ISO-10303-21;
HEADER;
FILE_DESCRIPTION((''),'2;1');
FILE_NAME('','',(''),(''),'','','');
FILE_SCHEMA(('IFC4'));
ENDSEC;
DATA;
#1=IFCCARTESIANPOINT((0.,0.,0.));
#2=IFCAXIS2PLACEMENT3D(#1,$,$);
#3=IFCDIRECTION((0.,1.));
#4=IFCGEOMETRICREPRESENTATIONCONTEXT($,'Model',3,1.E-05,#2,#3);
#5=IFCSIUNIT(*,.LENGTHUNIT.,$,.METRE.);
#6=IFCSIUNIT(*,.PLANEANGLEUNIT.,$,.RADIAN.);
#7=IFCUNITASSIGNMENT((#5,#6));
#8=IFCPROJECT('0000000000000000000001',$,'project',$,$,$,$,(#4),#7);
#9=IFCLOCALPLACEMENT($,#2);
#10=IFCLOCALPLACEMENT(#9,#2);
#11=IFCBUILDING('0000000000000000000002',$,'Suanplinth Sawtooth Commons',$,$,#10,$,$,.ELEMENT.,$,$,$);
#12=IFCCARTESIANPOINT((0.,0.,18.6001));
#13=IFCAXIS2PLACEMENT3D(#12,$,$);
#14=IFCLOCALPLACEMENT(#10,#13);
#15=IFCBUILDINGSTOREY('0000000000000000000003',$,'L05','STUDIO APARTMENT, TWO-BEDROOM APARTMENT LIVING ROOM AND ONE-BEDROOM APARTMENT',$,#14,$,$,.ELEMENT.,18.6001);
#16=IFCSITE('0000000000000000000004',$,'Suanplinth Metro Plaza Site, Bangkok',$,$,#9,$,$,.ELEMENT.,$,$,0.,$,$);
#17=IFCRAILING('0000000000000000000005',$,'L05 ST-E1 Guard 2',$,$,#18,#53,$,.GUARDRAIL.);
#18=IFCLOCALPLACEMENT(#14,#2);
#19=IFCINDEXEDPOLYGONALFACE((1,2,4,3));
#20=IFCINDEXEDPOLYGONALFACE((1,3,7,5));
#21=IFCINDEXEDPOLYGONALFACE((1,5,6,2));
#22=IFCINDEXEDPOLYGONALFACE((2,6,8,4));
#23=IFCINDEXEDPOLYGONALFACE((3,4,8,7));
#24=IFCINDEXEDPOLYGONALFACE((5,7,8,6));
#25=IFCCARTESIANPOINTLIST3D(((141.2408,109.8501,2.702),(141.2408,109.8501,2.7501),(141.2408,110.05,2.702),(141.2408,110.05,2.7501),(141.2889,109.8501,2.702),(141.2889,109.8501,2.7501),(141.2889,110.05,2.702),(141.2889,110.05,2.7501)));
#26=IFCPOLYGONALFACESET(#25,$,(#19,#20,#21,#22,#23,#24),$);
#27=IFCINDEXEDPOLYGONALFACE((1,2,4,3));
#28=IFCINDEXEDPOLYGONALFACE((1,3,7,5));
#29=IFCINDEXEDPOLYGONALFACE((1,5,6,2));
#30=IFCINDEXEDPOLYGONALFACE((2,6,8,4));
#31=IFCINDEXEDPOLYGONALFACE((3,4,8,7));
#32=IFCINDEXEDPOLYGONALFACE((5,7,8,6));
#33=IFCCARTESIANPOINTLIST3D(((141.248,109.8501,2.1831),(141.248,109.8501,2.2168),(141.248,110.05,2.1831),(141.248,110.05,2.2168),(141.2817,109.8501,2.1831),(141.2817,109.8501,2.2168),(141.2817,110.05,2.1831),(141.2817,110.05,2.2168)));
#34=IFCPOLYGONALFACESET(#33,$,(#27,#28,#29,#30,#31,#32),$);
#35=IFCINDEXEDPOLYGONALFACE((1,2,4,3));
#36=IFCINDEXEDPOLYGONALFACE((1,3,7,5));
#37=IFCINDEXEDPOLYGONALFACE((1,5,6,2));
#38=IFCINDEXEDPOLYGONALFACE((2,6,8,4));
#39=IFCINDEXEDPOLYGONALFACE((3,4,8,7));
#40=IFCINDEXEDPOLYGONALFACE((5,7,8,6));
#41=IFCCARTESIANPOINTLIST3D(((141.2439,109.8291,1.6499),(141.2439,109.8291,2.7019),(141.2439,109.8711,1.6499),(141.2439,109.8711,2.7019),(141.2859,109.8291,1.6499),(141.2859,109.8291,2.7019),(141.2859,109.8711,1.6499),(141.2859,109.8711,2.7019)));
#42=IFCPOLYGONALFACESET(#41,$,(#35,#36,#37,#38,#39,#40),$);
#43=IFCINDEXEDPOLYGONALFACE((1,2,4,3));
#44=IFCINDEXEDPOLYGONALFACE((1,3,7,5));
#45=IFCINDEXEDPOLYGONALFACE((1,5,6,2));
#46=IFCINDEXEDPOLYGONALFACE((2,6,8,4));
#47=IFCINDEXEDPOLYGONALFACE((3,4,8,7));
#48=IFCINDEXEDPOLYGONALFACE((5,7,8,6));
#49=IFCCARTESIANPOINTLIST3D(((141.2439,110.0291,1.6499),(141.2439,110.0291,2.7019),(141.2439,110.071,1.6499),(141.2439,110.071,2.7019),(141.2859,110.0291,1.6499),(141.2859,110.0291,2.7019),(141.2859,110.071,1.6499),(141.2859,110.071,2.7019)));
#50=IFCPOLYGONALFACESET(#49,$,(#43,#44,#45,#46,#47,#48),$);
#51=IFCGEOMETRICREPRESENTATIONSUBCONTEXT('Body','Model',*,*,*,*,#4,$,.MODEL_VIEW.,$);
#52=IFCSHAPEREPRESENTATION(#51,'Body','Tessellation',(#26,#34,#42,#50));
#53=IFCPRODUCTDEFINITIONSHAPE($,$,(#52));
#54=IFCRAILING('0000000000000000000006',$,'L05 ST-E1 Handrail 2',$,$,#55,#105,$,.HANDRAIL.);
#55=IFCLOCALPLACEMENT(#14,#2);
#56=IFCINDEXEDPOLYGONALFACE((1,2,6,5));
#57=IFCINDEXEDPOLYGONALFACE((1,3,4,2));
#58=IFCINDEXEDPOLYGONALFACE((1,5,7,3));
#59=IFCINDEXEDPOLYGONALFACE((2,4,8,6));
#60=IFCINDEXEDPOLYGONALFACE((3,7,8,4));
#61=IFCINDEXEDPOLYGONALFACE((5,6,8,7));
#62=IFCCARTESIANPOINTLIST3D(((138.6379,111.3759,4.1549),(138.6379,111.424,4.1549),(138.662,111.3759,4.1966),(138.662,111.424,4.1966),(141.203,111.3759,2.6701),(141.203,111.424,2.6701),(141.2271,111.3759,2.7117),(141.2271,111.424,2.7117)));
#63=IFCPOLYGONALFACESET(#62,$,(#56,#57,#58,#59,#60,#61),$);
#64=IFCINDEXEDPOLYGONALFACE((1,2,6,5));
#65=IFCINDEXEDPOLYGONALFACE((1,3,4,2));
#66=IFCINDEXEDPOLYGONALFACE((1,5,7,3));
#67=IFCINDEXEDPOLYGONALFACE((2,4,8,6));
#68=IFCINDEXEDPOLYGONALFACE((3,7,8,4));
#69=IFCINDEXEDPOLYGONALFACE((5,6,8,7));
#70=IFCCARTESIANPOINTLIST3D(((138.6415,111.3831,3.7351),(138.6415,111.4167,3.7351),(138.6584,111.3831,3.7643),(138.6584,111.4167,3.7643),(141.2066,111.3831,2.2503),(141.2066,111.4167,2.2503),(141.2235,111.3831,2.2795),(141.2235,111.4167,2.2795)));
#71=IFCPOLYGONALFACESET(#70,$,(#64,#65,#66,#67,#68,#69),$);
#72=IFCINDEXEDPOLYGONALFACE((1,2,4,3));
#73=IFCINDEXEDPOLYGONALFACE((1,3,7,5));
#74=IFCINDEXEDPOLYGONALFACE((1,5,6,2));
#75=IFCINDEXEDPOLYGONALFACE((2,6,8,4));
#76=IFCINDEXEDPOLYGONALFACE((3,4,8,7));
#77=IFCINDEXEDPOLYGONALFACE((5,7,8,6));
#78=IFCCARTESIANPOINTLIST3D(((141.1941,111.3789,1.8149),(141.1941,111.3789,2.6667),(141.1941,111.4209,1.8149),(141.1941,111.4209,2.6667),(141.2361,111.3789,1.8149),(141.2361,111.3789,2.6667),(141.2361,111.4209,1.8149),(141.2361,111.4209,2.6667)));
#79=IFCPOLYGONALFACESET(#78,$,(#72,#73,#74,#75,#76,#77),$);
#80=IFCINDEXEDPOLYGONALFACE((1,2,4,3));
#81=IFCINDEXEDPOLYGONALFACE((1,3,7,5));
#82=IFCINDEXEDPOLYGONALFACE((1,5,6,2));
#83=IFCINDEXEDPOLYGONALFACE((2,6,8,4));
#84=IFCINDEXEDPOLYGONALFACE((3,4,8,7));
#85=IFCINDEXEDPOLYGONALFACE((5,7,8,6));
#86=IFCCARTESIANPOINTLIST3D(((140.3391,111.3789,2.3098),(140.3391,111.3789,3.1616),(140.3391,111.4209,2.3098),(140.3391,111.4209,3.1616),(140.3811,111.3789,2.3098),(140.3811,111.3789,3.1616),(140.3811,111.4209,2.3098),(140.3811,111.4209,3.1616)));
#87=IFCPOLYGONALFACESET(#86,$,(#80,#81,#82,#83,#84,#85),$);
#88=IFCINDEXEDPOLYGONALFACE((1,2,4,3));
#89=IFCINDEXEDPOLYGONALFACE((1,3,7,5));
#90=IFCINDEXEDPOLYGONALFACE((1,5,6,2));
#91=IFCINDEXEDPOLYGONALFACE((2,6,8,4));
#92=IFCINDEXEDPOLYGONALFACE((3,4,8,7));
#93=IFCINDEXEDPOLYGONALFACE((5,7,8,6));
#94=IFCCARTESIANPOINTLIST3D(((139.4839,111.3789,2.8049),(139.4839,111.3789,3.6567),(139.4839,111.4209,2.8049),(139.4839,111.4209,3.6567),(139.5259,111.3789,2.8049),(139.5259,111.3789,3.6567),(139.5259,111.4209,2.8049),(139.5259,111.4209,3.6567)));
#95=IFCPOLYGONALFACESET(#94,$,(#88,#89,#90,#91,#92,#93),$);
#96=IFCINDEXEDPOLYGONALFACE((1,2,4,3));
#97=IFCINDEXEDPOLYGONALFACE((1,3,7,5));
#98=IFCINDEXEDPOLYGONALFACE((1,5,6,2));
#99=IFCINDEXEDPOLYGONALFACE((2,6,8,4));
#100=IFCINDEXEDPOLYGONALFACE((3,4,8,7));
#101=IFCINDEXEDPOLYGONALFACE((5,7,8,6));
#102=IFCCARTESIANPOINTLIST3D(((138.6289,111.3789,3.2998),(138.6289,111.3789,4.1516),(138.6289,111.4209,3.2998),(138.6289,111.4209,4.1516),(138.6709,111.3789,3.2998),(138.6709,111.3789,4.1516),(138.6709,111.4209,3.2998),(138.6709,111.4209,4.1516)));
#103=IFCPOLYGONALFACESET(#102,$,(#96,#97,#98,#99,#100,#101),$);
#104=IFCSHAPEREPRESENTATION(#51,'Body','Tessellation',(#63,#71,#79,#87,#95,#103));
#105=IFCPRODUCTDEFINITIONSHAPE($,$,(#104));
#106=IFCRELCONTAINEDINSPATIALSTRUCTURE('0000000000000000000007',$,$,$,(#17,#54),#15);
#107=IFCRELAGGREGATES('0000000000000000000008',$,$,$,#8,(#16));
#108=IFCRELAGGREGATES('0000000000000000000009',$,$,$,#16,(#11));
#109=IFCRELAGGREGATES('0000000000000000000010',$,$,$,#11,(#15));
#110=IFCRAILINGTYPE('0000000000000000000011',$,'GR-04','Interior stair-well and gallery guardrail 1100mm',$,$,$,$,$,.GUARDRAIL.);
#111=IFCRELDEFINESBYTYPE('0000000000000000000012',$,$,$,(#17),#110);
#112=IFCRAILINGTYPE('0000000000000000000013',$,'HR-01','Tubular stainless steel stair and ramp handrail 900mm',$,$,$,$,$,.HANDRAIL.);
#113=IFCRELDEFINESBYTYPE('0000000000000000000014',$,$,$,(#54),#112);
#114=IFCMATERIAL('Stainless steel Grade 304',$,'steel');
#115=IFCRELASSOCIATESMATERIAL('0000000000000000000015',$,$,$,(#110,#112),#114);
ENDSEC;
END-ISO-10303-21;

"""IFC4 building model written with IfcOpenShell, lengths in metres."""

from ifc_helpers import new_model, si_unit, direction, frame, origin, origin_2d, place, context, subcontext, project, spatial, rectangle, extrude, material, type_object, element, save


model = new_model("IFC4")

# Units and contexts
model_context = context("Model", 3, precision=1e-05, world=origin(), true_north=direction((0.0, 1.0)))
body_context = subcontext(model_context, "Body", "Model", "MODEL_VIEW")
ifc_project = project(units=[si_unit("LENGTHUNIT", "METRE"), si_unit("PLANEANGLEUNIT", "RADIAN")], contexts=[model_context])

# Site, building, storey
site_placement = place(None, origin())
site = spatial("IfcSite", under=ifc_project, at=site_placement, Name="Suanplinth Metro Plaza Site, Bangkok", CompositionType="ELEMENT", RefElevation=0.0)
building_placement = place(site_placement, origin())
building = spatial("IfcBuilding", under=site, at=building_placement, Name="Suanplinth Sawtooth Commons", CompositionType="ELEMENT")
storey_placement = place(building_placement, frame((0.0, 0.0, 18.6001)))
storey = spatial("IfcBuildingStorey", under=building, at=storey_placement, Name="L05", Description="STUDIO APARTMENT, TWO-BEDROOM APARTMENT LIVING ROOM AND ONE-BEDROOM APARTMENT", CompositionType="ELEMENT", Elevation=18.6001)

# Shared definitions
ifc_material_1 = material(Name="Stainless steel Grade 304", Category="steel")

# Railings
railing_type_1 = type_object("IfcRailingType", Name="GR-04", Description="Interior stair-well and gallery guardrail 1100mm", PredefinedType="GUARDRAIL", material=ifc_material_1)
railing_1_placement = place(storey_placement, frame((141.2649, 109.8501, 1.6499)))
element("IfcRailing", 1, at=railing_1_placement, inside=storey, type_object=railing_type_1, Name="L05 ST-E1 Guard 2", PredefinedType="GUARDRAIL", context=body_context, shape_type="SweptSolid", body=[
    extrude(rectangle(XDim=0.0481, YDim=0.0481, at=origin_2d()), frame((0.0, 0.0, 1.0762), z_axis=(0.0, 1.0, 0.0), x_axis=(-1.0, 0.0, 0.0)), (0.0, 0.0, 1.0), 0.2),
    extrude(rectangle(XDim=0.0337, YDim=0.0337, at=origin_2d()), frame((0.0, 0.0, 0.55), z_axis=(0.0, 1.0, 0.0), x_axis=(-1.0, 0.0, 0.0)), (0.0, 0.0, 1.0), 0.2),
    extrude(rectangle(XDim=0.042, YDim=0.042, at=origin_2d()), origin(), (0.0, 0.0, 1.0), 1.052),
    extrude(rectangle(XDim=0.042, YDim=0.042, at=origin_2d()), frame((0.0, 0.2, 0.0)), (0.0, 0.0, 1.0), 1.052),
])
railing_type_2 = type_object("IfcRailingType", Name="HR-01", Description="Tubular stainless steel stair and ramp handrail 900mm", PredefinedType="HANDRAIL", material=ifc_material_1)
railing_2_placement = place(storey_placement, frame((141.2151, 111.3999, 1.8149)))
element("IfcRailing", 2, at=railing_2_placement, inside=storey, type_object=railing_type_2, Name="L05 ST-E1 Handrail 2", PredefinedType="HANDRAIL", context=body_context, shape_type="SweptSolid", body=[
    extrude(rectangle(XDim=0.0481, YDim=0.0481, at=origin_2d()), frame((0.0, 0.0, 0.876), z_axis=(-0.865462, 0.0, 0.500975), x_axis=(0.0, -1.0, 0.0)), (0.0, 0.0, 1.0), 2.9639),
    extrude(rectangle(XDim=0.0337, YDim=0.0337, at=origin_2d()), frame((0.0, 0.0, 0.45), z_axis=(-0.865462, 0.0, 0.500975), x_axis=(0.0, -1.0, 0.0)), (0.0, 0.0, 1.0), 2.9639),
    extrude(rectangle(XDim=0.042, YDim=0.042, at=origin_2d()), origin(), (0.0, 0.0, 1.0), 0.8518),
    extrude(rectangle(XDim=0.042, YDim=0.042, at=origin_2d()), frame((-0.855, 0.0, 0.4949)), (0.0, 0.0, 1.0), 0.8518),
    extrude(rectangle(XDim=0.042, YDim=0.042, at=origin_2d()), frame((-1.7102, 0.0, 0.99)), (0.0, 0.0, 1.0), 0.8518),
    extrude(rectangle(XDim=0.042, YDim=0.042, at=origin_2d()), frame((-2.5652, 0.0, 1.4849)), (0.0, 0.0, 1.0), 0.8518),
])

save(model, "model.ifc")
